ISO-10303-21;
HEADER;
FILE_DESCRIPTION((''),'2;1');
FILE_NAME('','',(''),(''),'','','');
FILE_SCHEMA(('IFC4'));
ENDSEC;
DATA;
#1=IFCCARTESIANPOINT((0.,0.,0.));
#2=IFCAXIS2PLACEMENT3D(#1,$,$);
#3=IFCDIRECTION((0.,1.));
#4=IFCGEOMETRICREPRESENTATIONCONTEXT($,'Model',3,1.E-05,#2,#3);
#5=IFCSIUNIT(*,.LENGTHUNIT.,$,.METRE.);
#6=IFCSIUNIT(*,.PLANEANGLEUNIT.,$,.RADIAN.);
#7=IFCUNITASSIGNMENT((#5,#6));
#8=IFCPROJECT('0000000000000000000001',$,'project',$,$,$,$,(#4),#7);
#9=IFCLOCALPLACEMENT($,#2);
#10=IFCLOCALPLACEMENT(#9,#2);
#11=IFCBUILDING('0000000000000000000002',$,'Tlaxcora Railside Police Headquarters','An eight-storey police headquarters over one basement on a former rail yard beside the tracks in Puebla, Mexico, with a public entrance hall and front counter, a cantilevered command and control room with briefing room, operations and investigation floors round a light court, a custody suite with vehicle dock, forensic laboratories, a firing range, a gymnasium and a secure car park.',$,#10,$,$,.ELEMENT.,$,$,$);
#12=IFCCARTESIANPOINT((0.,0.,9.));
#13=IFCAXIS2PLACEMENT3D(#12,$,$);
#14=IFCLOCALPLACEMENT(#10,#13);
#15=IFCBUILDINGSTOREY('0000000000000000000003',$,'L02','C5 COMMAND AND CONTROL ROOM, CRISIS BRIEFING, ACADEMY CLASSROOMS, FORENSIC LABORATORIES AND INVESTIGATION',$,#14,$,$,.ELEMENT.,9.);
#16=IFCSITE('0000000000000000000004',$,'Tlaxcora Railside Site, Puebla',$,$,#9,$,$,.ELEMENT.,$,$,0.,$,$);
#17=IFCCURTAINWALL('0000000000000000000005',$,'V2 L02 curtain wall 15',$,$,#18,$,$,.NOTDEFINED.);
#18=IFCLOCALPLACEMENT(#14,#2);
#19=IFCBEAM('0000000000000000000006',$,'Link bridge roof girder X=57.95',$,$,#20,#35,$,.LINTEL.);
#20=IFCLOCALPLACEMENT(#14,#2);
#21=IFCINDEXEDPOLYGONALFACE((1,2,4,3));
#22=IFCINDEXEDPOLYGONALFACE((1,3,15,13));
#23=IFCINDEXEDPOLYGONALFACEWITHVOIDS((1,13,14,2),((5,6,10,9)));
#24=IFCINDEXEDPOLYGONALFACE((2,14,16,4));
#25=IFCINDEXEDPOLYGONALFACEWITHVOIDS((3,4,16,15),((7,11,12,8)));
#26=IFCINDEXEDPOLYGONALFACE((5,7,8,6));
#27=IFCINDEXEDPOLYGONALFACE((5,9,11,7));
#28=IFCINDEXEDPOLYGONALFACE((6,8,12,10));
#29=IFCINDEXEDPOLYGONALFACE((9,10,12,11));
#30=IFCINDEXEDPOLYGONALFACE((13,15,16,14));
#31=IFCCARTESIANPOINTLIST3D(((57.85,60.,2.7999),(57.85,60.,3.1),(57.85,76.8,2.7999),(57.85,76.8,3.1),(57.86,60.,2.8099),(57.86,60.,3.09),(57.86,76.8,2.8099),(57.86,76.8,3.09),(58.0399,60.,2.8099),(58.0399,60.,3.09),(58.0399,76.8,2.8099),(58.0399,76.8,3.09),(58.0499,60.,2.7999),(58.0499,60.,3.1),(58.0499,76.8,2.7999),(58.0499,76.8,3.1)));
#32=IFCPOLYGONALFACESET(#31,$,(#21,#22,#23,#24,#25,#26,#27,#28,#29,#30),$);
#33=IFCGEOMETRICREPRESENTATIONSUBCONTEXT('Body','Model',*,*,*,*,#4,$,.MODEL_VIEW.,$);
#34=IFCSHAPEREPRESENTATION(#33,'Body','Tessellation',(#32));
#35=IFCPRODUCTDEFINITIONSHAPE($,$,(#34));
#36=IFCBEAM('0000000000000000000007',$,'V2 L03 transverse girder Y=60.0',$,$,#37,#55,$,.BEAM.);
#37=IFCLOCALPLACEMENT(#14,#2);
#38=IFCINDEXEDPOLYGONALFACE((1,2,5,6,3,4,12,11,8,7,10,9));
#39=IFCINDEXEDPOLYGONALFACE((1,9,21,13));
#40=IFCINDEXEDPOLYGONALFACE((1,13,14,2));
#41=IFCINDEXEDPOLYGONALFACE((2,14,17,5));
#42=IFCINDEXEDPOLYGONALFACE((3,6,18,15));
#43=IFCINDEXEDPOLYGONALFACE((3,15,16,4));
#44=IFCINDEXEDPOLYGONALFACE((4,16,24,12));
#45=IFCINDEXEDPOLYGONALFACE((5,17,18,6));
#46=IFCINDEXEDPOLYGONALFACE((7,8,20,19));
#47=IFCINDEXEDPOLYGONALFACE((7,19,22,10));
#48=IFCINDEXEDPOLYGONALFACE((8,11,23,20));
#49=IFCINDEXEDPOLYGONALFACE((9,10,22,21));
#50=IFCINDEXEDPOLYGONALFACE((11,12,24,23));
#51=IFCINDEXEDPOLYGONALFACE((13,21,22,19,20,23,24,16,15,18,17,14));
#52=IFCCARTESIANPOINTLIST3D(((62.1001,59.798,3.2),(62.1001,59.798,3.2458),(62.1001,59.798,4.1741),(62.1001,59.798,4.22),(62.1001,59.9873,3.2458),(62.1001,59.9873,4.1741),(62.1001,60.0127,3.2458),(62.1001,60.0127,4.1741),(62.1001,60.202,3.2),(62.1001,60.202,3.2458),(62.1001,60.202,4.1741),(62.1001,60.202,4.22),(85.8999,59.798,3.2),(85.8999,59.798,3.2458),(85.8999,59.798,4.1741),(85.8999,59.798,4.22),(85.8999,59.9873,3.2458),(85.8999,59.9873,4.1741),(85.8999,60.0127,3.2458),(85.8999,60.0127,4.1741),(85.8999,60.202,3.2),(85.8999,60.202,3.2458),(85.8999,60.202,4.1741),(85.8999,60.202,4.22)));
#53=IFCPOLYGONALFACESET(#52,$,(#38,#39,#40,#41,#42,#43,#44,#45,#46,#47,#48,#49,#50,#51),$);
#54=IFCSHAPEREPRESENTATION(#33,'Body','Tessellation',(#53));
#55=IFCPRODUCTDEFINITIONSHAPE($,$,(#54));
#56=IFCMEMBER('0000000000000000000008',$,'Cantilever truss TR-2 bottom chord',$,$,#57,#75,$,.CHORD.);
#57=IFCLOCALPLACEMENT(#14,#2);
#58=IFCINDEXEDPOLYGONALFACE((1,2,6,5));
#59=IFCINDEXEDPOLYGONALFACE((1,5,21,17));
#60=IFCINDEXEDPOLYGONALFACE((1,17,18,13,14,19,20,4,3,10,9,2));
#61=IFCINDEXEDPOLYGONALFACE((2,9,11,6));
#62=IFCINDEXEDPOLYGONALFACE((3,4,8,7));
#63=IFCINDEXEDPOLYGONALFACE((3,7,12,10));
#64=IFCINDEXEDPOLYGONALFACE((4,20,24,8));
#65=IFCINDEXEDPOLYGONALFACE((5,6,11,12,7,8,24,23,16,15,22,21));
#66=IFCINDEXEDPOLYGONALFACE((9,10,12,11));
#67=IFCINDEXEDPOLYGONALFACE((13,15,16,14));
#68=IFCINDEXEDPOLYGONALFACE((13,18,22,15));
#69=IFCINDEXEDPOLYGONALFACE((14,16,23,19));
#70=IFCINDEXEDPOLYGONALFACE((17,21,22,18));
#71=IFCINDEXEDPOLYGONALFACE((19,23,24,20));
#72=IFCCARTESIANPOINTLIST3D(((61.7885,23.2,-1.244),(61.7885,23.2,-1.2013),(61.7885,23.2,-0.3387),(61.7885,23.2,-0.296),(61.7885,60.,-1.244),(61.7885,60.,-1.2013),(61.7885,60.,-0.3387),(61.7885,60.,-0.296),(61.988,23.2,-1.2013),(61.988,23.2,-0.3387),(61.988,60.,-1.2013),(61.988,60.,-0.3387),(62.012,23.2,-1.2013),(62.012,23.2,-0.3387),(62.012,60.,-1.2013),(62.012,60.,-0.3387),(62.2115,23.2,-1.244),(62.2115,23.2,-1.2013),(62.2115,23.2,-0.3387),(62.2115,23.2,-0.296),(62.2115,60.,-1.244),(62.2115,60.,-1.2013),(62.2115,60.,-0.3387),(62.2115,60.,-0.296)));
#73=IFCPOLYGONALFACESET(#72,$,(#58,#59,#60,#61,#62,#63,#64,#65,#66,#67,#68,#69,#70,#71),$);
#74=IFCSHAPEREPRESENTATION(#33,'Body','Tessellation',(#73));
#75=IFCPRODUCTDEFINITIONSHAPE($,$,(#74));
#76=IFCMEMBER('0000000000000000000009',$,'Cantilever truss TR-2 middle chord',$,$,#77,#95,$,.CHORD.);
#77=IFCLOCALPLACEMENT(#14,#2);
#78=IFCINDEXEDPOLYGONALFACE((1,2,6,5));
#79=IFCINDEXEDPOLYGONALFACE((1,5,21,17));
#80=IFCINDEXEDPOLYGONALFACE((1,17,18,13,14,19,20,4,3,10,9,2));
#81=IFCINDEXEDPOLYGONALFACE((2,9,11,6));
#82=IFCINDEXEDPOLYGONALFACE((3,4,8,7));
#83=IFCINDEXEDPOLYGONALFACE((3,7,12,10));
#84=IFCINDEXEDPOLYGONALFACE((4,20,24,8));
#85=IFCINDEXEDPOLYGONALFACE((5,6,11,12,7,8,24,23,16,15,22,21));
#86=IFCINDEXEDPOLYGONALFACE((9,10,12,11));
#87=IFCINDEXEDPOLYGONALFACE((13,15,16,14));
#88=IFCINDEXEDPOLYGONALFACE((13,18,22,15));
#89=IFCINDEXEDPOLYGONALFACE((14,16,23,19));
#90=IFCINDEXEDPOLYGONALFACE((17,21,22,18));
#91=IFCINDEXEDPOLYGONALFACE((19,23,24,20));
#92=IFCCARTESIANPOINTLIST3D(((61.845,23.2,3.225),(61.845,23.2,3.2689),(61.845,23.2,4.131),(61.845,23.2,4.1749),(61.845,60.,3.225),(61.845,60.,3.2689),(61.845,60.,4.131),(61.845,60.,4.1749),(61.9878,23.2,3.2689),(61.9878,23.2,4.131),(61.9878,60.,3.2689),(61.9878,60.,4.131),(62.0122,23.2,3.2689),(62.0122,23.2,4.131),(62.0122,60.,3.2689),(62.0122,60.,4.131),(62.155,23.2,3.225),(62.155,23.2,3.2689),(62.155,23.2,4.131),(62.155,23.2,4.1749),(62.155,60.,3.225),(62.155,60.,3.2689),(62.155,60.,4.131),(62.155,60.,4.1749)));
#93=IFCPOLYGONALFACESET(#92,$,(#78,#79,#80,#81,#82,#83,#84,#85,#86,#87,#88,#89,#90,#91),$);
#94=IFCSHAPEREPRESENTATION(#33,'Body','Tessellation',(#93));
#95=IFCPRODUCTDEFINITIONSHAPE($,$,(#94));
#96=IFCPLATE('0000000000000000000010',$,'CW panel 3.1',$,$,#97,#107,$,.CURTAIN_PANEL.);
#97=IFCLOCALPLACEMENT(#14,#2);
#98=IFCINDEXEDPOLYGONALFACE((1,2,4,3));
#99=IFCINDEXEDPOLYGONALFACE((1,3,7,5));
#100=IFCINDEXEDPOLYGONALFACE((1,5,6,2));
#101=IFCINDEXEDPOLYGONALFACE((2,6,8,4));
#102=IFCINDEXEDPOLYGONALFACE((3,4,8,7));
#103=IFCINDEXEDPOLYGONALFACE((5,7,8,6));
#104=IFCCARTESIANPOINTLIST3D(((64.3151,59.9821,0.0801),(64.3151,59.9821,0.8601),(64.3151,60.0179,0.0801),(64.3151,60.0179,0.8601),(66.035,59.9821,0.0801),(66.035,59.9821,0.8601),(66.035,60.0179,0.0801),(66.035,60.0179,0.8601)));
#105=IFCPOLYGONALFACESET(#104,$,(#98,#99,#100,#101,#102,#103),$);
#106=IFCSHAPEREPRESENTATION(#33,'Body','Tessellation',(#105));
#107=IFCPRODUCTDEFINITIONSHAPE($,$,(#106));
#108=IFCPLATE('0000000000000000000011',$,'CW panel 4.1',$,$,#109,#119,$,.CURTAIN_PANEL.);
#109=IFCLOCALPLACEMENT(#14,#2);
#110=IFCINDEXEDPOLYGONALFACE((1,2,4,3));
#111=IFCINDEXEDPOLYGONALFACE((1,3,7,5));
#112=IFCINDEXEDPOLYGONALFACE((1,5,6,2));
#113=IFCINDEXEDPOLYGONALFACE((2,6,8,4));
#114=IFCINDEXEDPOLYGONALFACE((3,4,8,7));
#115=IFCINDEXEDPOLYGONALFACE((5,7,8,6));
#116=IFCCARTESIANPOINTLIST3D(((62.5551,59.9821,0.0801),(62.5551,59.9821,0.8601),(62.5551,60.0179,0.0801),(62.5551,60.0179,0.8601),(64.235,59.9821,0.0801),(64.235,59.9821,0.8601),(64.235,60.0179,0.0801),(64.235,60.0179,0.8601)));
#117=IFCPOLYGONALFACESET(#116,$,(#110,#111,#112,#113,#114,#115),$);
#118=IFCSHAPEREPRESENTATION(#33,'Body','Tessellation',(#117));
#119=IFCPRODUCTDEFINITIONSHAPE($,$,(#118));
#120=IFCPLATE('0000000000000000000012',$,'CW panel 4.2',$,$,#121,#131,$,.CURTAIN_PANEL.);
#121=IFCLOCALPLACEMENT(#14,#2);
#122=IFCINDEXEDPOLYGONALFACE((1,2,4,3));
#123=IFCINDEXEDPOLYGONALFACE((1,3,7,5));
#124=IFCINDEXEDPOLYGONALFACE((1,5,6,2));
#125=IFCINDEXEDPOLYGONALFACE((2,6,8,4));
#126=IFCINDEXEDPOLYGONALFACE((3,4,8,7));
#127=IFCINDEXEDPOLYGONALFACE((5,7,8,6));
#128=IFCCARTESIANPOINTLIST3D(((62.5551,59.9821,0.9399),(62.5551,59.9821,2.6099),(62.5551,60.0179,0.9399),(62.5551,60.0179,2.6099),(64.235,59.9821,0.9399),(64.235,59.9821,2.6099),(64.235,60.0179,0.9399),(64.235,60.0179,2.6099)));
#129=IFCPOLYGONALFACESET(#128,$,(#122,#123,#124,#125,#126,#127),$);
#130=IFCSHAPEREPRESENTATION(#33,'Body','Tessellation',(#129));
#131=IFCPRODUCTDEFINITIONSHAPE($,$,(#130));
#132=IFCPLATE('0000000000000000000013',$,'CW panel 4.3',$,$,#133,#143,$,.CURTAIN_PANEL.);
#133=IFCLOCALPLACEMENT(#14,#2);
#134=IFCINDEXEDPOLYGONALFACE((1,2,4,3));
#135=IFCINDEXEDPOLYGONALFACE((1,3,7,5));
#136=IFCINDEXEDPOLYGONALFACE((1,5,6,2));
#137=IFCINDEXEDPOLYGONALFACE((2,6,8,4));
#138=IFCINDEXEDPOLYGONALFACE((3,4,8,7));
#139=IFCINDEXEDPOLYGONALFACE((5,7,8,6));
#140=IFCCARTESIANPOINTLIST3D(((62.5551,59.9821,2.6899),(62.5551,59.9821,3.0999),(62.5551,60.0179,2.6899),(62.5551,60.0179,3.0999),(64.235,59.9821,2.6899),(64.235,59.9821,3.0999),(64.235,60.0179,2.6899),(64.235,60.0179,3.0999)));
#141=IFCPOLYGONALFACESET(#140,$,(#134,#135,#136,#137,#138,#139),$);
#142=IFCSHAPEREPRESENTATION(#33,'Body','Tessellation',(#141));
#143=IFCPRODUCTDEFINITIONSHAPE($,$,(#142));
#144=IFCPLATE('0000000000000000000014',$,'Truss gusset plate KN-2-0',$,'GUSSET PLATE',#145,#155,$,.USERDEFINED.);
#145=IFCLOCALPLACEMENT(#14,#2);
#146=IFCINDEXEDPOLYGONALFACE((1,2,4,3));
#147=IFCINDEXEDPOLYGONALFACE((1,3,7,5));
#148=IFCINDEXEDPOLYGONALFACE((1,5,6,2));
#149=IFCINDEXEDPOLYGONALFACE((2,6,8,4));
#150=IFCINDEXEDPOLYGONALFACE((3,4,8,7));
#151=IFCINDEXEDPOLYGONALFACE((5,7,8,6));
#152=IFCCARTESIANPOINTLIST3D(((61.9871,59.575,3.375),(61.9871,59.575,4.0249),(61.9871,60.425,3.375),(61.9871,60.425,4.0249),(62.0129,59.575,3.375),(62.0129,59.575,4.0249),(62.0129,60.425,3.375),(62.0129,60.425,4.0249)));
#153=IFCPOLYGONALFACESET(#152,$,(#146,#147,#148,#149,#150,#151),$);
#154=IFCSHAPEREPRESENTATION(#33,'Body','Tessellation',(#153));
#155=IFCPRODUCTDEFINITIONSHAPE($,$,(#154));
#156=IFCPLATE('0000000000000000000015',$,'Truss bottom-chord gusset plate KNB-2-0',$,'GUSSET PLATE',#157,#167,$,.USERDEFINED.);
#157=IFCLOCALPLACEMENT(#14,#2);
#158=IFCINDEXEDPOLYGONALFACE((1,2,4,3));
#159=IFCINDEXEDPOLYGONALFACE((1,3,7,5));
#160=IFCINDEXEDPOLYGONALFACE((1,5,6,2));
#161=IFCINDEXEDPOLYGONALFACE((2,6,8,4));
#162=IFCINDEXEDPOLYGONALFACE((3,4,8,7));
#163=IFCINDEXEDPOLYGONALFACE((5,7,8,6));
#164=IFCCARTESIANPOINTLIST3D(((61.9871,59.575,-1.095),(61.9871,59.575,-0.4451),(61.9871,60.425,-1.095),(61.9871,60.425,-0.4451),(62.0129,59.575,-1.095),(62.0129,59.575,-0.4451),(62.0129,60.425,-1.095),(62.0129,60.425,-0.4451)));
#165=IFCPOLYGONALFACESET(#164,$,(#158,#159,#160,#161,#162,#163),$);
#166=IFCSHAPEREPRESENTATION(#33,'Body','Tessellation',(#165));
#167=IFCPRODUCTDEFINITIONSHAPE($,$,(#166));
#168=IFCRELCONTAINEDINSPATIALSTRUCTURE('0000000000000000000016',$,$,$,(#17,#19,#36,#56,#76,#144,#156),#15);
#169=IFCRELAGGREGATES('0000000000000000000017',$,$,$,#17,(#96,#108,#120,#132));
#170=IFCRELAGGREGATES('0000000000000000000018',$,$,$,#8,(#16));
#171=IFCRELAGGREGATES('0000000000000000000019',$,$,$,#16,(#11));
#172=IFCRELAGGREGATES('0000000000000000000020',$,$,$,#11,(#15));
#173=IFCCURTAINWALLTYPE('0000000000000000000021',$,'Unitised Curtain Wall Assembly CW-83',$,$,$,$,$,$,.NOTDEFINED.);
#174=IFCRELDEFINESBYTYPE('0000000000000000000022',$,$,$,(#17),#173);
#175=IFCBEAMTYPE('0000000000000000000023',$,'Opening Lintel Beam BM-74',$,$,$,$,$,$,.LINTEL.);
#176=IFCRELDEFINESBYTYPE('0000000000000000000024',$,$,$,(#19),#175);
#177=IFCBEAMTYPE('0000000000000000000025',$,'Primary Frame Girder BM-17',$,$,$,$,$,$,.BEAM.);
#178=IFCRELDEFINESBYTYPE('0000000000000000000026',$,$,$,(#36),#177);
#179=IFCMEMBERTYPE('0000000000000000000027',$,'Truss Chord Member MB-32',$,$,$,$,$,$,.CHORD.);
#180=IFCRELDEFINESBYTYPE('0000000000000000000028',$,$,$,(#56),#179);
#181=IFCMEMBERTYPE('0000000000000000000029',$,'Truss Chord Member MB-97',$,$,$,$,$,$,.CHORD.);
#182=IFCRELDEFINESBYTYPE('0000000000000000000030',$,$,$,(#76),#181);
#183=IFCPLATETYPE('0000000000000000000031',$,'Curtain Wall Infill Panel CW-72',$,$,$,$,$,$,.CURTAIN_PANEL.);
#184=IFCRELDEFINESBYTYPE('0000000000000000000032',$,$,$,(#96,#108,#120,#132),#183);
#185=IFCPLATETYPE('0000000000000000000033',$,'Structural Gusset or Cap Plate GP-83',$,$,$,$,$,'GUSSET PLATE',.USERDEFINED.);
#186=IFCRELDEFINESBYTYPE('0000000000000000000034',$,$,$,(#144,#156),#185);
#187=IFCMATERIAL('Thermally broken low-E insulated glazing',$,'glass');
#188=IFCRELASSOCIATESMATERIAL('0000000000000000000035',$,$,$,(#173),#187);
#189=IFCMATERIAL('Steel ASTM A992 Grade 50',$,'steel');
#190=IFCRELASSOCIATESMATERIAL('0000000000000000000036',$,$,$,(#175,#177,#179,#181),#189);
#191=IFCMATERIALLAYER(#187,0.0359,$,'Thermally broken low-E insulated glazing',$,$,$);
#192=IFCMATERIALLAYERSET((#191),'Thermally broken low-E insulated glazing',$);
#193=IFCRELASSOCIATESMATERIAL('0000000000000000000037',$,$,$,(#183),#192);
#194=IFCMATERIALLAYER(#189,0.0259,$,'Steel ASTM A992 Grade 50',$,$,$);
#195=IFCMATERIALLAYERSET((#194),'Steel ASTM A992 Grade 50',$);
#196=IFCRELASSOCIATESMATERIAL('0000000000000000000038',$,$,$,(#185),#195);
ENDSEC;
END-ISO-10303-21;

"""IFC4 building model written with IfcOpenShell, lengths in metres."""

from ifc_helpers import new_model, si_unit, direction, frame, origin, origin_2d, place, context, subcontext, project, spatial, rectangle, hollow_rectangle, i_section, extrude, material, layer, layer_set, material_profile, profile_set, type_object, element, aggregate, save


model = new_model("IFC4")

# Units and contexts
model_context = context("Model", 3, precision=1e-05, world=origin(), true_north=direction((0.0, 1.0)))
body_context = subcontext(model_context, "Body", "Model", "MODEL_VIEW")
ifc_project = project(units=[si_unit("LENGTHUNIT", "METRE"), si_unit("PLANEANGLEUNIT", "RADIAN")], contexts=[model_context])

# Site, building, storey
site_placement = place(None, origin())
site = spatial("IfcSite", under=ifc_project, at=site_placement, Name="Tlaxcora Railside Site, Puebla", CompositionType="ELEMENT", RefElevation=0.0)
building_placement = place(site_placement, origin())
building = spatial("IfcBuilding", under=site, at=building_placement, Name="Tlaxcora Railside Police Headquarters", Description="An eight-storey police headquarters over one basement on a former rail yard beside the tracks in Puebla, Mexico, with a public entrance hall and front counter, a cantilevered command and control room with briefing room, operations and investigation floors round a light court, a custody suite with vehicle dock, forensic laboratories, a firing range, a gymnasium and a secure car park.", CompositionType="ELEMENT")
storey_placement = place(building_placement, frame((0.0, 0.0, 9.0)))
storey = spatial("IfcBuildingStorey", under=building, at=storey_placement, Name="L02", Description="C5 COMMAND AND CONTROL ROOM, CRISIS BRIEFING, ACADEMY CLASSROOMS, FORENSIC LABORATORIES AND INVESTIGATION", CompositionType="ELEMENT", Elevation=9.0)

# Curtain wall
ifc_material_1 = material(Name="Thermally broken low-E insulated glazing", Category="glass")
curtain_wall_type = type_object("IfcCurtainWallType", Name="Unitised Curtain Wall Assembly CW-83", PredefinedType="NOTDEFINED", material=ifc_material_1)
curtain_wall_placement = place(storey_placement, origin())
curtain_wall = element("IfcCurtainWall", 1, at=curtain_wall_placement, inside=storey, type_object=curtain_wall_type, Name="V2 L02 curtain wall 15", PredefinedType="NOTDEFINED")

# Shared definitions
ifc_material_2 = material(Name="Steel ASTM A992 Grade 50", Category="steel")

# Beams
ifc_material_profile_1 = material_profile(ifc_material_2, hollow_rectangle(XDim=0.2, YDim=0.3, WallThickness=0.01, at=origin_2d()), Name="HSS300X200X10")
ifc_profile_set_1 = profile_set([ifc_material_profile_1], Name="Steel ASTM A992 Grade 50")
beam_type_1 = type_object("IfcBeamType", Name="Opening Lintel Beam BM-74", PredefinedType="LINTEL", material=ifc_profile_set_1)
for number, where, z_axis, x_axis, name in (
    (2, (57.95, 60.0, 2.95), (0.0, 1.0, 0.0), (-1.0, 0.0, 0.0), "Link bridge roof girder X=57.95"),
):
    element("IfcBeam", number, at=place(storey_placement, frame(where, z_axis=z_axis, x_axis=x_axis)), inside=storey, type_object=beam_type_1, Name=name, PredefinedType="LINTEL", context=body_context, shape_type="SweptSolid", body=[
        extrude(hollow_rectangle(XDim=0.2, YDim=0.3, WallThickness=0.01, at=origin_2d()), origin(), (0.0, 0.0, 1.0), 16.8),
    ])
ifc_material_profile_2 = material_profile(ifc_material_2, i_section(OverallWidth=0.4041, OverallDepth=1.02, WebThickness=0.0254, FlangeThickness=0.0459, at=origin_2d()), Name="W40X324")
ifc_profile_set_2 = profile_set([ifc_material_profile_2], Name="Steel ASTM A992 Grade 50")
beam_type_2 = type_object("IfcBeamType", Name="Primary Frame Girder BM-17", PredefinedType="BEAM", material=ifc_profile_set_2)
beam_placement = place(storey_placement, frame((62.1001, 60.0, 3.71), z_axis=(1.0, 0.0, 0.0), x_axis=(0.0, 1.0, 0.0)))
element("IfcBeam", 3, at=beam_placement, inside=storey, type_object=beam_type_2, Name="V2 L03 transverse girder Y=60.0", PredefinedType="BEAM", context=body_context, shape_type="SweptSolid", body=[
    extrude(i_section(OverallWidth=0.4041, OverallDepth=1.02, WebThickness=0.0254, FlangeThickness=0.0459, at=origin_2d()), origin(), (0.0, 0.0, 1.0), 23.7998),
])

# Members
ifc_material_profile_3 = material_profile(ifc_material_2, i_section(OverallWidth=0.4231, OverallDepth=0.948, WebThickness=0.0239, FlangeThickness=0.0427, at=origin_2d()), Name="W36X302")
ifc_profile_set_3 = profile_set([ifc_material_profile_3], Name="Steel ASTM A992 Grade 50")
member_type_1 = type_object("IfcMemberType", Name="Truss Chord Member MB-32", PredefinedType="CHORD", material=ifc_profile_set_3)
member_1_placement = place(storey_placement, frame((62.0, 60.0, -0.77), z_axis=(0.0, -1.0, 0.0), x_axis=(1.0, 0.0, 0.0)))
element("IfcMember", 4, at=member_1_placement, inside=storey, type_object=member_type_1, Name="Cantilever truss TR-2 bottom chord", PredefinedType="CHORD", context=body_context, shape_type="SweptSolid", body=[
    extrude(i_section(OverallWidth=0.4231, OverallDepth=0.948, WebThickness=0.0239, FlangeThickness=0.0427, at=origin_2d()), origin(), (0.0, 0.0, 1.0), 36.8),
])
ifc_material_profile_4 = material_profile(ifc_material_2, i_section(OverallWidth=0.3101, OverallDepth=0.95, WebThickness=0.0244, FlangeThickness=0.0439, at=origin_2d()), Name="W36X256")
ifc_profile_set_4 = profile_set([ifc_material_profile_4], Name="Steel ASTM A992 Grade 50")
member_type_2 = type_object("IfcMemberType", Name="Truss Chord Member MB-97", PredefinedType="CHORD", material=ifc_profile_set_4)
member_2_placement = place(storey_placement, frame((62.0, 60.0, 3.7), z_axis=(0.0, -1.0, 0.0), x_axis=(1.0, 0.0, 0.0)))
element("IfcMember", 5, at=member_2_placement, inside=storey, type_object=member_type_2, Name="Cantilever truss TR-2 middle chord", PredefinedType="CHORD", context=body_context, shape_type="SweptSolid", body=[
    extrude(i_section(OverallWidth=0.3101, OverallDepth=0.95, WebThickness=0.0244, FlangeThickness=0.0439, at=origin_2d()), origin(), (0.0, 0.0, 1.0), 36.8),
])

# Plates
ifc_layer_1 = layer(ifc_material_1, 0.0359, Name="Thermally broken low-E insulated glazing")
ifc_layer_set_1 = layer_set([ifc_layer_1], Name="Thermally broken low-E insulated glazing")
plate_type_1 = type_object("IfcPlateType", Name="Curtain Wall Infill Panel CW-72", PredefinedType="CURTAIN_PANEL", material=ifc_layer_set_1)
plate_1_placement = place(storey_placement, frame((65.175, 60.0, 0.0801), z_axis=(0.0, 0.0, 1.0), x_axis=(-1.0, 0.0, 0.0)))
plate_1 = element("IfcPlate", 6, at=plate_1_placement, type_object=plate_type_1, Name="CW panel 3.1", PredefinedType="CURTAIN_PANEL", context=body_context, shape_type="SweptSolid", body=[
    extrude(rectangle(XDim=1.72, YDim=0.0359, at=origin_2d()), origin(), (0.0, 0.0, 1.0), 0.78),
])
plate_2_placement = place(storey_placement, frame((63.395, 60.0, 0.0801), z_axis=(0.0, 0.0, 1.0), x_axis=(-1.0, 0.0, 0.0)))
plate_2 = element("IfcPlate", 7, at=plate_2_placement, type_object=plate_type_1, Name="CW panel 4.1", PredefinedType="CURTAIN_PANEL", context=body_context, shape_type="SweptSolid", body=[
    extrude(rectangle(XDim=1.6799, YDim=0.0359, at=origin_2d()), origin(), (0.0, 0.0, 1.0), 0.78),
])
plate_3_placement = place(storey_placement, frame((63.395, 60.0, 0.9399), z_axis=(0.0, 0.0, 1.0), x_axis=(-1.0, 0.0, 0.0)))
plate_3 = element("IfcPlate", 8, at=plate_3_placement, type_object=plate_type_1, Name="CW panel 4.2", PredefinedType="CURTAIN_PANEL", context=body_context, shape_type="SweptSolid", body=[
    extrude(rectangle(XDim=1.6799, YDim=0.0359, at=origin_2d()), origin(), (0.0, 0.0, 1.0), 1.6699),
])
plate_4_placement = place(storey_placement, frame((63.395, 60.0, 2.6899), z_axis=(0.0, 0.0, 1.0), x_axis=(-1.0, 0.0, 0.0)))
plate_4 = element("IfcPlate", 9, at=plate_4_placement, type_object=plate_type_1, Name="CW panel 4.3", PredefinedType="CURTAIN_PANEL", context=body_context, shape_type="SweptSolid", body=[
    extrude(rectangle(XDim=1.6799, YDim=0.0359, at=origin_2d()), origin(), (0.0, 0.0, 1.0), 0.4099),
])
aggregate(curtain_wall, [plate_1, plate_2, plate_3, plate_4])

# Plates
ifc_layer_2 = layer(ifc_material_2, 0.0259, Name="Steel ASTM A992 Grade 50")
ifc_layer_set_2 = layer_set([ifc_layer_2], Name="Steel ASTM A992 Grade 50")
plate_type_2 = type_object("IfcPlateType", Name="Structural Gusset or Cap Plate GP-83", ElementType="GUSSET PLATE", PredefinedType="USERDEFINED", material=ifc_layer_set_2)
for number, where, z_axis, x_axis, name in (
    (10, (62.0, 60.0, 3.375), (0.0, 0.0, 1.0), (0.0, 1.0, 0.0), "Truss gusset plate KN-2-0"),
    (11, (62.0, 60.0, -1.095), (0.0, 0.0, 1.0), (0.0, 1.0, 0.0), "Truss bottom-chord gusset plate KNB-2-0"),
):
    element("IfcPlate", number, at=place(storey_placement, frame(where, z_axis=z_axis, x_axis=x_axis)), inside=storey, type_object=plate_type_2, Name=name, ObjectType="GUSSET PLATE", PredefinedType="USERDEFINED", context=body_context, shape_type="SweptSolid", body=[
        extrude(rectangle(XDim=0.8501, YDim=0.0259, at=origin_2d()), origin(), (0.0, 0.0, 1.0), 0.6499),
    ])

save(model, "model.ifc")
